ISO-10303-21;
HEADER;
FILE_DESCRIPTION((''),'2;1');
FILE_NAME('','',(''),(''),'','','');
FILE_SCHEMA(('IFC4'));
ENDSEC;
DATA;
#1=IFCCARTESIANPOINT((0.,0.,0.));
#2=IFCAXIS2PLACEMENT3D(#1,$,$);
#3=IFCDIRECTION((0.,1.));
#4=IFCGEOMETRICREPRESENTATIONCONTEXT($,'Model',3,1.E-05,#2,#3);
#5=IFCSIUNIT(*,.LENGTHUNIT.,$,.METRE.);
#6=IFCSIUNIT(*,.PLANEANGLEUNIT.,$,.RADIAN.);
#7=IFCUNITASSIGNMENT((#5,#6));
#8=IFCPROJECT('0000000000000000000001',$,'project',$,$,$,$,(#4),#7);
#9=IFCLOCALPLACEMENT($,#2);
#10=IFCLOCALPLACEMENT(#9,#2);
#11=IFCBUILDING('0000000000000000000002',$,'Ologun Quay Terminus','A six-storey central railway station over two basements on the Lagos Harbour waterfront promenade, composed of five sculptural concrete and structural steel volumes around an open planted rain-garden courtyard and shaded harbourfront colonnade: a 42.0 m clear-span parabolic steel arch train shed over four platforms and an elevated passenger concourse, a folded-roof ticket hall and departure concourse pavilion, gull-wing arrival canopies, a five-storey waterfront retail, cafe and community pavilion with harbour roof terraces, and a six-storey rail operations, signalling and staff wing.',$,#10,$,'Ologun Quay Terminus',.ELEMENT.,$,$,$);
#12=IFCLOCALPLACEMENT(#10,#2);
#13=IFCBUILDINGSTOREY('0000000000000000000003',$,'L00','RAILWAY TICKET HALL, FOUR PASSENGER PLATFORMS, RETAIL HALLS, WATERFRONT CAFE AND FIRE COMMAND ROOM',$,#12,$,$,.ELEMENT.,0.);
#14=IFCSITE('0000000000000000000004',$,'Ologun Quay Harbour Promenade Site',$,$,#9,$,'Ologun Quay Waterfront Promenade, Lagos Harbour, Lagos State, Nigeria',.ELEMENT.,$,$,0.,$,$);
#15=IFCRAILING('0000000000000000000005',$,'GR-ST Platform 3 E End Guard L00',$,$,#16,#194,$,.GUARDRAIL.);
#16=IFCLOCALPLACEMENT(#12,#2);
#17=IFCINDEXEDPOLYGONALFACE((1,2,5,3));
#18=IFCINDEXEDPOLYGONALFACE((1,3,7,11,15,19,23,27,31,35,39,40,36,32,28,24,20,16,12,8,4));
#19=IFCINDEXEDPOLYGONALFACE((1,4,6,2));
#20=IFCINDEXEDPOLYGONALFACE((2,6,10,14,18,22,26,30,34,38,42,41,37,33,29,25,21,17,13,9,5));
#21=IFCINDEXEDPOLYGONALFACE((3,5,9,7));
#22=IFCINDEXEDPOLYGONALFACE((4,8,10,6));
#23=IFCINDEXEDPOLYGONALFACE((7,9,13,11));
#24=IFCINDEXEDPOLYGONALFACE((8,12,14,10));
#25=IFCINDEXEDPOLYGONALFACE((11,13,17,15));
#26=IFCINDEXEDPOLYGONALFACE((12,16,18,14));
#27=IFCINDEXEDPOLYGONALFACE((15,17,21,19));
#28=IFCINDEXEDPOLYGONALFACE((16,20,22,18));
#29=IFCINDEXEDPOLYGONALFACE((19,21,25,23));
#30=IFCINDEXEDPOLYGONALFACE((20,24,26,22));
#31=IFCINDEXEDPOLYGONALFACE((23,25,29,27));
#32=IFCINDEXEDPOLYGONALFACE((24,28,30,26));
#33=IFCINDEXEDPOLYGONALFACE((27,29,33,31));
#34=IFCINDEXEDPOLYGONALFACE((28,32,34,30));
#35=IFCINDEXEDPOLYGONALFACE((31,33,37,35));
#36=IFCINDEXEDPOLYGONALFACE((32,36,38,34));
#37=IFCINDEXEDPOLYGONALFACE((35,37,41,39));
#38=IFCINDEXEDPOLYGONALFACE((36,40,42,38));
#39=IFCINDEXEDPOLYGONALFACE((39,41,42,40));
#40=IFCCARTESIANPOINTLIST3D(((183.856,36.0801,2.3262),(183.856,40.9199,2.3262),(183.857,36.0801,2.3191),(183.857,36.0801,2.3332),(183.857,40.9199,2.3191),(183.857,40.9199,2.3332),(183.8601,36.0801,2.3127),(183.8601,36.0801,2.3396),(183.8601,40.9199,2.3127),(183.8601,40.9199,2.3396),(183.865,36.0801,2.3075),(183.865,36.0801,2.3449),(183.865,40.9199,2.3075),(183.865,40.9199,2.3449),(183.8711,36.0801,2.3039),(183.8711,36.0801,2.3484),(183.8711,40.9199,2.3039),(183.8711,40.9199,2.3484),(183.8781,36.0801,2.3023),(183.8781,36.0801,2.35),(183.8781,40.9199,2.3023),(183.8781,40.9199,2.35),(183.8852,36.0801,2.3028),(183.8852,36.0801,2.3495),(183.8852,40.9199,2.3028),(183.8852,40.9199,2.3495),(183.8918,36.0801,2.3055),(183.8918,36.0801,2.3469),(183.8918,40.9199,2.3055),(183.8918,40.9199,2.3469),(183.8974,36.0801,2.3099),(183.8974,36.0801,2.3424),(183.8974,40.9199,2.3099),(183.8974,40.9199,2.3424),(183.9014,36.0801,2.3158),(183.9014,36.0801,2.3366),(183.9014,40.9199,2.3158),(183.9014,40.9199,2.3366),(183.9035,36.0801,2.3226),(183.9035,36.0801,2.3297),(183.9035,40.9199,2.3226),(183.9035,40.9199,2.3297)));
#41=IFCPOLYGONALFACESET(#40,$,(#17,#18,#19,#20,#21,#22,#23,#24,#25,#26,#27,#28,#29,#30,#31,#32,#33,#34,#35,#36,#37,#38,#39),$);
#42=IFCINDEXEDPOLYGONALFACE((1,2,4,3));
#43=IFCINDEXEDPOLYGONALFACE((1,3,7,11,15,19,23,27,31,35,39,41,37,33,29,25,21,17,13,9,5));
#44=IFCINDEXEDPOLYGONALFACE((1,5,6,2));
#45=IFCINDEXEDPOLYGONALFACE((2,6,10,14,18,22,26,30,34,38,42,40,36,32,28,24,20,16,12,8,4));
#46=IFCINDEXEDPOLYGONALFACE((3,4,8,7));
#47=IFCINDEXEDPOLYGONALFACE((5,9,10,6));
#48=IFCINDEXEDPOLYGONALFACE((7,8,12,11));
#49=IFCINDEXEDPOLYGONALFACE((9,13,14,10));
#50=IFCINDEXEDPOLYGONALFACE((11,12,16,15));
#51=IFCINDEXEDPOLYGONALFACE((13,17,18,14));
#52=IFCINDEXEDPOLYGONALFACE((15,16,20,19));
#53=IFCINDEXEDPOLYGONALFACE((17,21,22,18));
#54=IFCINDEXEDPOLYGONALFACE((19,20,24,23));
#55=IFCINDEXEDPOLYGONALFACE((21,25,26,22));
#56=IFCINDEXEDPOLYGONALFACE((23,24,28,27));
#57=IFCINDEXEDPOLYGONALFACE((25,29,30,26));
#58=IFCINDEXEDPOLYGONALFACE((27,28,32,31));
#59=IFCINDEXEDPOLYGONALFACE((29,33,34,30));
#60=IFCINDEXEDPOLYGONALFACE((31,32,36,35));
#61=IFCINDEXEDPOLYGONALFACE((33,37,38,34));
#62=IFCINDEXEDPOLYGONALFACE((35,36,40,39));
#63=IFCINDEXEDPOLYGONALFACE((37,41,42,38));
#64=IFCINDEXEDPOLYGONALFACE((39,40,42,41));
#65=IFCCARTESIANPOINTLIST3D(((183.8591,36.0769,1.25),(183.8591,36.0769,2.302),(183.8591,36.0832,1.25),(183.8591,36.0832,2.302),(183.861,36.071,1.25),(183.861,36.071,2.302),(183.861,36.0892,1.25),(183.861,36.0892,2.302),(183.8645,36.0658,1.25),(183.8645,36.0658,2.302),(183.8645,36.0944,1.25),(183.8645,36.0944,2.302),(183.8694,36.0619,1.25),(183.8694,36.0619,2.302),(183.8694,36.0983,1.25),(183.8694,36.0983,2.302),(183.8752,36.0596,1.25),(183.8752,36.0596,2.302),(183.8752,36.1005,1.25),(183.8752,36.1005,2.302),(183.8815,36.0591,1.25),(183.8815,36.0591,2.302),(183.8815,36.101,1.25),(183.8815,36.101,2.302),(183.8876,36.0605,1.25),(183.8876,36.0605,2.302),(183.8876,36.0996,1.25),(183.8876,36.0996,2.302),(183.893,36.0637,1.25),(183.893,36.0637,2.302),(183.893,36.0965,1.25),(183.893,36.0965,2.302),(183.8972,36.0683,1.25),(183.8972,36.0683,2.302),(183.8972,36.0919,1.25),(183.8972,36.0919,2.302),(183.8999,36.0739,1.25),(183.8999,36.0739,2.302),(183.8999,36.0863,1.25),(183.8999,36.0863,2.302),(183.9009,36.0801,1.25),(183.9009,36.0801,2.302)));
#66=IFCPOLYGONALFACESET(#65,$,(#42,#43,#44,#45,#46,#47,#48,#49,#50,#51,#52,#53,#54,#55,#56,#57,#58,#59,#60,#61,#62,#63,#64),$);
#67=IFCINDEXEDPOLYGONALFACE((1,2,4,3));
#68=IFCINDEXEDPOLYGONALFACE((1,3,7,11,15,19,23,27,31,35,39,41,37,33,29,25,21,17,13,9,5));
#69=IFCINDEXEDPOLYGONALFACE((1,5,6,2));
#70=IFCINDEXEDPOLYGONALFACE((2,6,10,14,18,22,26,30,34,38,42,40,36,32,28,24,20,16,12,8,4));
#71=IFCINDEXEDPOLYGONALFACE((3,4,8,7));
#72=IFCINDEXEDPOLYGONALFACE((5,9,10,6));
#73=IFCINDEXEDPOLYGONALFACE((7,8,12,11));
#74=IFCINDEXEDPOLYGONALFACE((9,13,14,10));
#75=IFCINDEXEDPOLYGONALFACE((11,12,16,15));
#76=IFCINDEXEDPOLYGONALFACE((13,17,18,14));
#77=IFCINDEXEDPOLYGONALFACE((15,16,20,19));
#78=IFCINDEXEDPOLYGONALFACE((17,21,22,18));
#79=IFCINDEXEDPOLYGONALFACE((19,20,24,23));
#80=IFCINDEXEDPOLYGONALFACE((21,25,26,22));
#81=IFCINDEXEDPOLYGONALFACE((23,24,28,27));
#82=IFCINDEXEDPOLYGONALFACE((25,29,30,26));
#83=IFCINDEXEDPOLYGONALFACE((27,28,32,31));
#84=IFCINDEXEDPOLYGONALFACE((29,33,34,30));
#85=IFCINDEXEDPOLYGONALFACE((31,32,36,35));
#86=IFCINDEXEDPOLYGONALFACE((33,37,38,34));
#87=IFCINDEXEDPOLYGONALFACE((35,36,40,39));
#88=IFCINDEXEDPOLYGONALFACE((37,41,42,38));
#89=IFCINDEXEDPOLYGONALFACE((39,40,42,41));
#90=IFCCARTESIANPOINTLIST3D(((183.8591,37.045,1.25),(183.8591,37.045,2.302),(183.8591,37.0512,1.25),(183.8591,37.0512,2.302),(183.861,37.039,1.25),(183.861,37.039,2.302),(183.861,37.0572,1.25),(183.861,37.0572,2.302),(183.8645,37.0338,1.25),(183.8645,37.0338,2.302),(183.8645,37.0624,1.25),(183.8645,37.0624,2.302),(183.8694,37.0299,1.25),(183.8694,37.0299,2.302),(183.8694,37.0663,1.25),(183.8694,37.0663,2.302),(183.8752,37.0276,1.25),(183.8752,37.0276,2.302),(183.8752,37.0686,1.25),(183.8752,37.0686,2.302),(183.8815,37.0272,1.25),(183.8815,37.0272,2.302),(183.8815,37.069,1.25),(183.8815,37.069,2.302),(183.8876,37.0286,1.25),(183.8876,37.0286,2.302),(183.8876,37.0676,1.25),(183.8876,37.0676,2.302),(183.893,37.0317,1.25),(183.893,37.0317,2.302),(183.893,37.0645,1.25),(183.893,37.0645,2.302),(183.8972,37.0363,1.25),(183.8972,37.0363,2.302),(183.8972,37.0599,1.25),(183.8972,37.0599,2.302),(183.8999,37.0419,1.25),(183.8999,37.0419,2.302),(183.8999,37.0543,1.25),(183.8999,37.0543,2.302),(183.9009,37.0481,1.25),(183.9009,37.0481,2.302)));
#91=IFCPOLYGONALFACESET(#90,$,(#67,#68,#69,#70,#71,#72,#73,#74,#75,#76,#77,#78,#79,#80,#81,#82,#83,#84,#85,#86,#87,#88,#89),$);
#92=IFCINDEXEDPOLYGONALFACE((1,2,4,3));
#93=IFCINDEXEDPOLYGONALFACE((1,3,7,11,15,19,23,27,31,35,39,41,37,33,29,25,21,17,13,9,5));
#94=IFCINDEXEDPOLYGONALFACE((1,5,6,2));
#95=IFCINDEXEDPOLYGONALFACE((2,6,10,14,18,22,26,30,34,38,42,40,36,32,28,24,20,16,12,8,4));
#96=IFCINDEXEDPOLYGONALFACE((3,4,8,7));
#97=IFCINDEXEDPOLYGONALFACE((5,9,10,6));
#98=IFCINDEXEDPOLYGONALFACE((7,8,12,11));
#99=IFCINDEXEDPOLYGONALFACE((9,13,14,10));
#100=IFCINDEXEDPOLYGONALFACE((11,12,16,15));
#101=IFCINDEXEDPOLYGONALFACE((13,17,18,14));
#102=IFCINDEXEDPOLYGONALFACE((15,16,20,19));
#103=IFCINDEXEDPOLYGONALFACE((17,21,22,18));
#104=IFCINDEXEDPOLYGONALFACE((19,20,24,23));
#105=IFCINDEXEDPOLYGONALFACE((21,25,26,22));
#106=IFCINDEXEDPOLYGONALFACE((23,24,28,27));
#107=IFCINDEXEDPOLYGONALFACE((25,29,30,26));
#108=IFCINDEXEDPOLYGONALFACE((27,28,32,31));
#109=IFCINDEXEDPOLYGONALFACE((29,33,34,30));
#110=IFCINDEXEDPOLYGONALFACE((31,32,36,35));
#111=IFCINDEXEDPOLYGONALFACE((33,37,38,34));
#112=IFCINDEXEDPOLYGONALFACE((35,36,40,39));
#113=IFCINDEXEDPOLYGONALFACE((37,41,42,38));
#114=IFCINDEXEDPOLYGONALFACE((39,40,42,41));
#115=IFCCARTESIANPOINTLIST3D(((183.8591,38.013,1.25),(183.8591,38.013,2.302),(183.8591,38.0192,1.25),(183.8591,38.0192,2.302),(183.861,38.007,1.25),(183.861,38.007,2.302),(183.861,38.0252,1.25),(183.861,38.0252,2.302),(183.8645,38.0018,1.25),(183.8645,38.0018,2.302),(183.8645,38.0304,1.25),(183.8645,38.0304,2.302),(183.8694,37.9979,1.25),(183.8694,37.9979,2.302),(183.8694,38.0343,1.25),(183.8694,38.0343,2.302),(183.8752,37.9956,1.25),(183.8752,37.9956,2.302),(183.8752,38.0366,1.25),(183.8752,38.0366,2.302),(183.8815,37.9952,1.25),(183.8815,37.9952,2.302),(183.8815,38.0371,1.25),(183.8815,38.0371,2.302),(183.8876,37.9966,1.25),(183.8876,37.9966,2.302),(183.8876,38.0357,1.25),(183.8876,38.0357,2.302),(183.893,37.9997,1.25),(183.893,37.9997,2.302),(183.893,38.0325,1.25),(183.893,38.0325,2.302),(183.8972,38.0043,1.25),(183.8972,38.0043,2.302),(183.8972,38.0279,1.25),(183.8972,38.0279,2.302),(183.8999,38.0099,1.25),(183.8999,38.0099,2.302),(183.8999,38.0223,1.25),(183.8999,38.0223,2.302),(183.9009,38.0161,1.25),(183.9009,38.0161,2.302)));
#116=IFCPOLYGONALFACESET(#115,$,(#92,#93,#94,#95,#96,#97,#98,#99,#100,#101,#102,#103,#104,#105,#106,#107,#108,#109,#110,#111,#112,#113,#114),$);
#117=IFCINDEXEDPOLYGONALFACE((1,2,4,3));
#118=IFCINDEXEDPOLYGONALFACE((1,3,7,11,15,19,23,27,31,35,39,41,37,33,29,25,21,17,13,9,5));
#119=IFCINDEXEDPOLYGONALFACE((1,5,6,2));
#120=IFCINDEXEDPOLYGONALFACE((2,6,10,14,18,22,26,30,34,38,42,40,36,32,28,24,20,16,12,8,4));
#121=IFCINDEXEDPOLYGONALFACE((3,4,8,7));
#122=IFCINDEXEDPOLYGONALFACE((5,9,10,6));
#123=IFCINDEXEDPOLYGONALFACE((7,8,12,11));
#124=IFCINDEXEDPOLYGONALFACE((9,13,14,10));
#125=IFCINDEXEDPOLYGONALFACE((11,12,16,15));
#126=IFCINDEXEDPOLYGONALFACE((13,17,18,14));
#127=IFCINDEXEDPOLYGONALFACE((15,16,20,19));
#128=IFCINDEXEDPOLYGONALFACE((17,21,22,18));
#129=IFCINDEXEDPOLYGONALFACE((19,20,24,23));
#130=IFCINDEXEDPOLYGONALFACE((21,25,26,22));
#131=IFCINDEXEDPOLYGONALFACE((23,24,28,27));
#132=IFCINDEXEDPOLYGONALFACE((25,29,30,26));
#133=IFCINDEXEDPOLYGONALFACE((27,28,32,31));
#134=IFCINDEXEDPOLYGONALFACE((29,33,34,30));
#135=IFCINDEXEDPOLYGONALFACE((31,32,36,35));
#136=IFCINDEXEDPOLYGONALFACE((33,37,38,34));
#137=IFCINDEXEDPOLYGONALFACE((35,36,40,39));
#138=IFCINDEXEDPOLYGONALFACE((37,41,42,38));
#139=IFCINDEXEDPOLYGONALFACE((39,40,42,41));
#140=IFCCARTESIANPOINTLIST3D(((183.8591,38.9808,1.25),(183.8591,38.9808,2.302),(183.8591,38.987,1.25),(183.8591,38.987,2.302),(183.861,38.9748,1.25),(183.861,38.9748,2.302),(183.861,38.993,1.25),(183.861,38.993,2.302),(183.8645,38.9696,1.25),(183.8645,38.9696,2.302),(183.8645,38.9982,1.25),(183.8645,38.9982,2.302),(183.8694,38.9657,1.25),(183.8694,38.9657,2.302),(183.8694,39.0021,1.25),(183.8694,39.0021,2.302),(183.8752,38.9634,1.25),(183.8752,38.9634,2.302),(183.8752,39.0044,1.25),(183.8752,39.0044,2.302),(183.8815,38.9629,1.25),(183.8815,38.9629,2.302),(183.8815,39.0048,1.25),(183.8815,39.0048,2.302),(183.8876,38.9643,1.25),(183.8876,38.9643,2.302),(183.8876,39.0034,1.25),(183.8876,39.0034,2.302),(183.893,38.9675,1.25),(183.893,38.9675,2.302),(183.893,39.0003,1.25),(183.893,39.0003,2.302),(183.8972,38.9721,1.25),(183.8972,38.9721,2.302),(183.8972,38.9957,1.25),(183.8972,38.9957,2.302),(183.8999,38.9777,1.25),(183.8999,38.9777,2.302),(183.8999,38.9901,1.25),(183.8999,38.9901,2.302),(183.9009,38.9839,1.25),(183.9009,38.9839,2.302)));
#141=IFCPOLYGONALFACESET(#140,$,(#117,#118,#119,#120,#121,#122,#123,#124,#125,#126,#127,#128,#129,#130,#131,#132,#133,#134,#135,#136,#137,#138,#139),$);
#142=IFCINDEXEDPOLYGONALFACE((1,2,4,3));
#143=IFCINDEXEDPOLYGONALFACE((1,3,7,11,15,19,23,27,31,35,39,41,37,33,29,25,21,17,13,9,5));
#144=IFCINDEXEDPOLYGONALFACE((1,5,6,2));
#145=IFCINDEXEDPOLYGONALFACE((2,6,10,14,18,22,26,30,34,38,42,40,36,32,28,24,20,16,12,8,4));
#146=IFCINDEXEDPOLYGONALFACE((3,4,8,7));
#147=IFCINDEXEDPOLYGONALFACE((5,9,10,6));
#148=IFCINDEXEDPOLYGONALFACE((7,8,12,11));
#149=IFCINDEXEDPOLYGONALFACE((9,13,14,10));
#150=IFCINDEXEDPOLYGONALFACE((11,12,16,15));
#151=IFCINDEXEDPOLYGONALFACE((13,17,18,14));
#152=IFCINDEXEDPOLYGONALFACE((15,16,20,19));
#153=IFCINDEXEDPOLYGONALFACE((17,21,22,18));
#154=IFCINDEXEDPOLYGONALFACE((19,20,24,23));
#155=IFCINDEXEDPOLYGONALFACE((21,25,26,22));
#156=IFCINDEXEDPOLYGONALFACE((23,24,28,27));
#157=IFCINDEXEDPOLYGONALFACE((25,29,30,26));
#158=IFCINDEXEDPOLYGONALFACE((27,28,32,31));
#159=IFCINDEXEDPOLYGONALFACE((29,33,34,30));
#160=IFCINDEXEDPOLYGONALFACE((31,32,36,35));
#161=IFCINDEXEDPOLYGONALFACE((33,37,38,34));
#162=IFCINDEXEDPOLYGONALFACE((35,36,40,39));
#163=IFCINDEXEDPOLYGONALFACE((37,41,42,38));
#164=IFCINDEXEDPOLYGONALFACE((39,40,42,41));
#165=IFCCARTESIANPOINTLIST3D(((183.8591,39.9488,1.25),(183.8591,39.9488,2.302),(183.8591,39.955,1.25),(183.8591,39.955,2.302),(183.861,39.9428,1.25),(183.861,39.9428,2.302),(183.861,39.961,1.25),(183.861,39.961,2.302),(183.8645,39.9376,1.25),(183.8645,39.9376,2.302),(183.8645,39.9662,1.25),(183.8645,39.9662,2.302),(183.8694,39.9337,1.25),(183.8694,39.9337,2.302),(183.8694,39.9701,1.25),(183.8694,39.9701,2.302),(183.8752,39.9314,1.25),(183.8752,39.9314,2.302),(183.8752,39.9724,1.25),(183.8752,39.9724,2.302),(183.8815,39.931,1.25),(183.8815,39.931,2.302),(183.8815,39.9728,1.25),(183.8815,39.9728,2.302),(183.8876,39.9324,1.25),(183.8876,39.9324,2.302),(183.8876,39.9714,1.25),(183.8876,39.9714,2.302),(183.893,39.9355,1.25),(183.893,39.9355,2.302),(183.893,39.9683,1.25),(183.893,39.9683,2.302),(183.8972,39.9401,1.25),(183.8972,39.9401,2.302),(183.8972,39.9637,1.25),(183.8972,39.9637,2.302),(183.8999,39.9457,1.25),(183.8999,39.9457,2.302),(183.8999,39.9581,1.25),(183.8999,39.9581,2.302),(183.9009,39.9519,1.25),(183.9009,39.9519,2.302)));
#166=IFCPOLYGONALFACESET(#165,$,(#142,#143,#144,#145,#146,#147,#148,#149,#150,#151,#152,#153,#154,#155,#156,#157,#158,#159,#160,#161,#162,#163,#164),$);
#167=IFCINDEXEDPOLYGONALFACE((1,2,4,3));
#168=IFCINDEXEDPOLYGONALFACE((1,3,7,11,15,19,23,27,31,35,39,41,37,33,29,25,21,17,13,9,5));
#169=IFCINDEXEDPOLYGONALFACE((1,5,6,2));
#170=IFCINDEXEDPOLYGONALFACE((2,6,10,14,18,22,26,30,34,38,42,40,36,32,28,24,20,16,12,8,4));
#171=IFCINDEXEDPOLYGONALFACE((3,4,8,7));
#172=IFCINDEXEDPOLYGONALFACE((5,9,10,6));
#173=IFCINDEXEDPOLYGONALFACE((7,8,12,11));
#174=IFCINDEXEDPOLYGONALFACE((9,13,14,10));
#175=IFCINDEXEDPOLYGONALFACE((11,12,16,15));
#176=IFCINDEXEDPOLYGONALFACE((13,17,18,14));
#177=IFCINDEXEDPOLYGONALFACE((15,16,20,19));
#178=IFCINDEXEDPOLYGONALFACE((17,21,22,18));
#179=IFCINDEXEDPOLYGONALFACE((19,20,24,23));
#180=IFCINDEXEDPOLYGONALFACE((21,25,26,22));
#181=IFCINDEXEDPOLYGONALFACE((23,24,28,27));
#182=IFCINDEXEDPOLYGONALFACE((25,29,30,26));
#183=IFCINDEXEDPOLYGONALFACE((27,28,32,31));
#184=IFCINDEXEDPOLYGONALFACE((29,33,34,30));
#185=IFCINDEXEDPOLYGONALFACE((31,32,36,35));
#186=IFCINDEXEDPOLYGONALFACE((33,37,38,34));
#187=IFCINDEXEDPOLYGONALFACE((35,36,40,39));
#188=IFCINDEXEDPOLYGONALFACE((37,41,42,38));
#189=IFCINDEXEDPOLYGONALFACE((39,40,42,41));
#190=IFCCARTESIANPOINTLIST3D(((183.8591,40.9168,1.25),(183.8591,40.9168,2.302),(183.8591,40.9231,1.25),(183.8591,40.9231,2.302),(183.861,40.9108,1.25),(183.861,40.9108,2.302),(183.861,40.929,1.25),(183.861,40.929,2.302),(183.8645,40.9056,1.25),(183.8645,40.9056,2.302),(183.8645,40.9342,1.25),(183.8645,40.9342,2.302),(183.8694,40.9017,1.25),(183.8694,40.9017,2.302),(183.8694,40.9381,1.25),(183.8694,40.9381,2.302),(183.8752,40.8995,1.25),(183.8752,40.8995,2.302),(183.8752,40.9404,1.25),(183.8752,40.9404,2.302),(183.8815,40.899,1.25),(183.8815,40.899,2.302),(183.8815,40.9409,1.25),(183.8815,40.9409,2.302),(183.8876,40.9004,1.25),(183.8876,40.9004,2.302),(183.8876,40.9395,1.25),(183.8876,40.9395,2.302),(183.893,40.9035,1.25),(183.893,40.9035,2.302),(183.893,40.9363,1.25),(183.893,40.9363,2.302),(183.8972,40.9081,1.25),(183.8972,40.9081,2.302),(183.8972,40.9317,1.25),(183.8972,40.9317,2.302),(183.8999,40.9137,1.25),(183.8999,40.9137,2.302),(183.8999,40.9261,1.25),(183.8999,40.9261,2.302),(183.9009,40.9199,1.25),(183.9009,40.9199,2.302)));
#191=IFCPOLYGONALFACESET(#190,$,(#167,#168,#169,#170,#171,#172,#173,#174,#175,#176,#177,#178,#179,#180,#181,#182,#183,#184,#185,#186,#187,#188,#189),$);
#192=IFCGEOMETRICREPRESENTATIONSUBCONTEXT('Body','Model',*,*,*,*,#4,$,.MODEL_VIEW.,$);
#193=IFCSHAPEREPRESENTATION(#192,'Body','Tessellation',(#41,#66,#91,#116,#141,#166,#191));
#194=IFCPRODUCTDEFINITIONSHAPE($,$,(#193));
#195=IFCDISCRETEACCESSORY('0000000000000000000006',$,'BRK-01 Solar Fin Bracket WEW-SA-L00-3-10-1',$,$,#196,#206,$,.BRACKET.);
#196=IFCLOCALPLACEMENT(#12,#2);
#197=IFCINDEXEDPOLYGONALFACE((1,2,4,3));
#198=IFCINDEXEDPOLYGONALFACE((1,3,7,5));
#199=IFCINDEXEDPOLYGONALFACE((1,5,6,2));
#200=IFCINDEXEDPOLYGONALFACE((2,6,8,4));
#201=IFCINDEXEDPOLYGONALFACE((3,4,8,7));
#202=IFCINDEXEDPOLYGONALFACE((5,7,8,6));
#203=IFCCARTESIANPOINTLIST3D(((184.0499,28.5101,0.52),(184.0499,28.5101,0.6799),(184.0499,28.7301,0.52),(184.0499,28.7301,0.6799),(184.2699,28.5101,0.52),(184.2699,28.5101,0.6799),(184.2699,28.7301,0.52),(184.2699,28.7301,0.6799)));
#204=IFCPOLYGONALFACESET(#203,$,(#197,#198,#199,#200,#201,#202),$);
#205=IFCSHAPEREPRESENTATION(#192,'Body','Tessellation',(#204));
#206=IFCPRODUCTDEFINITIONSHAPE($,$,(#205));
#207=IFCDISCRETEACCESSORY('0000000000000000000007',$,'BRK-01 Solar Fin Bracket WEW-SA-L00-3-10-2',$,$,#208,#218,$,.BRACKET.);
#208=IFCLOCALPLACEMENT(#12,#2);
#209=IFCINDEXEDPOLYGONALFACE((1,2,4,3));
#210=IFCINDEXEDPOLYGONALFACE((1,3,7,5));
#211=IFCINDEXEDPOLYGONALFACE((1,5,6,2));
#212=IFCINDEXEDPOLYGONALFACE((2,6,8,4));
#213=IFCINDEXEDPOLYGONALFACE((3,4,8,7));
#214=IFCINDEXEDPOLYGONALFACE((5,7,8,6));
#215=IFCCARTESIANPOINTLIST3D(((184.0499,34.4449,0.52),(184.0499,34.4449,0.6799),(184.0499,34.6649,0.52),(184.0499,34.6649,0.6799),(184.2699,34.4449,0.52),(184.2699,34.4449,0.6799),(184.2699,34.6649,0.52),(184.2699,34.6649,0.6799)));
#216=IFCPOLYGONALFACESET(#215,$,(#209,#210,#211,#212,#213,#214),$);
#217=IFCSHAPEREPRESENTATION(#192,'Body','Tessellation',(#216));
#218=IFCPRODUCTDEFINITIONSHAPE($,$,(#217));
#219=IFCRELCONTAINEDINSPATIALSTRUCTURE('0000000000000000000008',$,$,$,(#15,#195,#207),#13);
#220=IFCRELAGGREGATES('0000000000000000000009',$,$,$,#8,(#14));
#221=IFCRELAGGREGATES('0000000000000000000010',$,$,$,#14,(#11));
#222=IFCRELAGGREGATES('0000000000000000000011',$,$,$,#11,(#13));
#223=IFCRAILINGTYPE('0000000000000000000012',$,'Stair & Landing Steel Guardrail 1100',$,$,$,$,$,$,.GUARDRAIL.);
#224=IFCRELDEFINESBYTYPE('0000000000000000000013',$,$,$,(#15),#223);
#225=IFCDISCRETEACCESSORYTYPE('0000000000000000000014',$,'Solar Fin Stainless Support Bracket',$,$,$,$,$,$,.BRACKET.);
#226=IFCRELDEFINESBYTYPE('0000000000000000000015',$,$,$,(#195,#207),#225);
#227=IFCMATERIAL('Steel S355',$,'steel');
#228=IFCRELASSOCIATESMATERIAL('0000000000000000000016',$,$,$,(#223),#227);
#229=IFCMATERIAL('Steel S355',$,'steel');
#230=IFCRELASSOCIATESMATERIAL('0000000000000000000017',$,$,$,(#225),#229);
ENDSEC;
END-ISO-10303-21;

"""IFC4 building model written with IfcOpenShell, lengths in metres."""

from ifc_helpers import new_model, si_unit, direction, frame, origin, origin_2d, place, context, subcontext, project, spatial, rectangle, circle, extrude, material, type_object, element, save


model = new_model("IFC4")

# Units and contexts
model_context = context("Model", 3, precision=1e-05, world=origin(), true_north=direction((0.0, 1.0)))
body_context = subcontext(model_context, "Body", "Model", "MODEL_VIEW")
ifc_project = project(units=[si_unit("LENGTHUNIT", "METRE"), si_unit("PLANEANGLEUNIT", "RADIAN")], contexts=[model_context])

# Site, building, storey
site_placement = place(None, origin())
site = spatial("IfcSite", under=ifc_project, at=site_placement, Name="Ologun Quay Harbour Promenade Site", LongName="Ologun Quay Waterfront Promenade, Lagos Harbour, Lagos State, Nigeria", CompositionType="ELEMENT", RefElevation=0.0)
building_placement = place(site_placement, origin())
building = spatial("IfcBuilding", under=site, at=building_placement, Name="Ologun Quay Terminus", Description="A six-storey central railway station over two basements on the Lagos Harbour waterfront promenade, composed of five sculptural concrete and structural steel volumes around an open planted rain-garden courtyard and shaded harbourfront colonnade: a 42.0 m clear-span parabolic steel arch train shed over four platforms and an elevated passenger concourse, a folded-roof ticket hall and departure concourse pavilion, gull-wing arrival canopies, a five-storey waterfront retail, cafe and community pavilion with harbour roof terraces, and a six-storey rail operations, signalling and staff wing.", LongName="Ologun Quay Terminus", CompositionType="ELEMENT")
storey_placement = place(building_placement, origin())
storey = spatial("IfcBuildingStorey", under=building, at=storey_placement, Name="L00", Description="RAILWAY TICKET HALL, FOUR PASSENGER PLATFORMS, RETAIL HALLS, WATERFRONT CAFE AND FIRE COMMAND ROOM", CompositionType="ELEMENT", Elevation=0.0)

# Railing
ifc_material_1 = material(Name="Steel S355", Category="steel")
railing_type = type_object("IfcRailingType", Name="Stair & Landing Steel Guardrail 1100", PredefinedType="GUARDRAIL", material=ifc_material_1)
railing_placement = place(storey_placement, frame((183.8799, 36.0801, 1.25)))
element("IfcRailing", 1, at=railing_placement, inside=storey, type_object=railing_type, Name="GR-ST Platform 3 E End Guard L00", PredefinedType="GUARDRAIL", context=body_context, shape_type="SweptSolid", body=[
    extrude(circle(Radius=0.0239, at=origin_2d()), frame((0.0, 0.0, 1.0762), z_axis=(0.0, 1.0, 0.0), x_axis=(-1.0, 0.0, 0.0)), (0.0, 0.0, 1.0), 4.8398),
    extrude(circle(Radius=0.021, at=origin_2d()), origin(), (0.0, 0.0, 1.0), 1.052),
    extrude(circle(Radius=0.021, at=origin_2d()), frame((0.0, 0.968, 0.0)), (0.0, 0.0, 1.0), 1.052),
    extrude(circle(Radius=0.021, at=origin_2d()), frame((0.0, 1.936, 0.0)), (0.0, 0.0, 1.0), 1.052),
    extrude(circle(Radius=0.021, at=origin_2d()), frame((0.0, 2.9038, 0.0)), (0.0, 0.0, 1.0), 1.052),
    extrude(circle(Radius=0.021, at=origin_2d()), frame((0.0, 3.8718, 0.0)), (0.0, 0.0, 1.0), 1.052),
    extrude(circle(Radius=0.021, at=origin_2d()), frame((0.0, 4.8398, 0.0)), (0.0, 0.0, 1.0), 1.052),
])

# Discrete accessories
ifc_material_2 = material(Name="Steel S355", Category="steel")
discrete_accessory_type = type_object("IfcDiscreteAccessoryType", Name="Solar Fin Stainless Support Bracket", PredefinedType="BRACKET", material=ifc_material_2)
for number, where, z_axis, x_axis, name in (
    (2, (184.1599, 28.6201, 0.52), (0.0, 0.0, 1.0), (1.0, 0.0, 0.0), "BRK-01 Solar Fin Bracket WEW-SA-L00-3-10-1"),
    (3, (184.1599, 34.5549, 0.52), (0.0, 0.0, 1.0), (1.0, 0.0, 0.0), "BRK-01 Solar Fin Bracket WEW-SA-L00-3-10-2"),
):
    element("IfcDiscreteAccessory", number, at=place(storey_placement, frame(where, z_axis=z_axis, x_axis=x_axis)), inside=storey, type_object=discrete_accessory_type, Name=name, PredefinedType="BRACKET", context=body_context, shape_type="SweptSolid", body=[
        extrude(rectangle(XDim=0.22, YDim=0.22, at=origin_2d()), origin(), (0.0, 0.0, 1.0), 0.1599),
    ])

save(model, "model.ifc")
